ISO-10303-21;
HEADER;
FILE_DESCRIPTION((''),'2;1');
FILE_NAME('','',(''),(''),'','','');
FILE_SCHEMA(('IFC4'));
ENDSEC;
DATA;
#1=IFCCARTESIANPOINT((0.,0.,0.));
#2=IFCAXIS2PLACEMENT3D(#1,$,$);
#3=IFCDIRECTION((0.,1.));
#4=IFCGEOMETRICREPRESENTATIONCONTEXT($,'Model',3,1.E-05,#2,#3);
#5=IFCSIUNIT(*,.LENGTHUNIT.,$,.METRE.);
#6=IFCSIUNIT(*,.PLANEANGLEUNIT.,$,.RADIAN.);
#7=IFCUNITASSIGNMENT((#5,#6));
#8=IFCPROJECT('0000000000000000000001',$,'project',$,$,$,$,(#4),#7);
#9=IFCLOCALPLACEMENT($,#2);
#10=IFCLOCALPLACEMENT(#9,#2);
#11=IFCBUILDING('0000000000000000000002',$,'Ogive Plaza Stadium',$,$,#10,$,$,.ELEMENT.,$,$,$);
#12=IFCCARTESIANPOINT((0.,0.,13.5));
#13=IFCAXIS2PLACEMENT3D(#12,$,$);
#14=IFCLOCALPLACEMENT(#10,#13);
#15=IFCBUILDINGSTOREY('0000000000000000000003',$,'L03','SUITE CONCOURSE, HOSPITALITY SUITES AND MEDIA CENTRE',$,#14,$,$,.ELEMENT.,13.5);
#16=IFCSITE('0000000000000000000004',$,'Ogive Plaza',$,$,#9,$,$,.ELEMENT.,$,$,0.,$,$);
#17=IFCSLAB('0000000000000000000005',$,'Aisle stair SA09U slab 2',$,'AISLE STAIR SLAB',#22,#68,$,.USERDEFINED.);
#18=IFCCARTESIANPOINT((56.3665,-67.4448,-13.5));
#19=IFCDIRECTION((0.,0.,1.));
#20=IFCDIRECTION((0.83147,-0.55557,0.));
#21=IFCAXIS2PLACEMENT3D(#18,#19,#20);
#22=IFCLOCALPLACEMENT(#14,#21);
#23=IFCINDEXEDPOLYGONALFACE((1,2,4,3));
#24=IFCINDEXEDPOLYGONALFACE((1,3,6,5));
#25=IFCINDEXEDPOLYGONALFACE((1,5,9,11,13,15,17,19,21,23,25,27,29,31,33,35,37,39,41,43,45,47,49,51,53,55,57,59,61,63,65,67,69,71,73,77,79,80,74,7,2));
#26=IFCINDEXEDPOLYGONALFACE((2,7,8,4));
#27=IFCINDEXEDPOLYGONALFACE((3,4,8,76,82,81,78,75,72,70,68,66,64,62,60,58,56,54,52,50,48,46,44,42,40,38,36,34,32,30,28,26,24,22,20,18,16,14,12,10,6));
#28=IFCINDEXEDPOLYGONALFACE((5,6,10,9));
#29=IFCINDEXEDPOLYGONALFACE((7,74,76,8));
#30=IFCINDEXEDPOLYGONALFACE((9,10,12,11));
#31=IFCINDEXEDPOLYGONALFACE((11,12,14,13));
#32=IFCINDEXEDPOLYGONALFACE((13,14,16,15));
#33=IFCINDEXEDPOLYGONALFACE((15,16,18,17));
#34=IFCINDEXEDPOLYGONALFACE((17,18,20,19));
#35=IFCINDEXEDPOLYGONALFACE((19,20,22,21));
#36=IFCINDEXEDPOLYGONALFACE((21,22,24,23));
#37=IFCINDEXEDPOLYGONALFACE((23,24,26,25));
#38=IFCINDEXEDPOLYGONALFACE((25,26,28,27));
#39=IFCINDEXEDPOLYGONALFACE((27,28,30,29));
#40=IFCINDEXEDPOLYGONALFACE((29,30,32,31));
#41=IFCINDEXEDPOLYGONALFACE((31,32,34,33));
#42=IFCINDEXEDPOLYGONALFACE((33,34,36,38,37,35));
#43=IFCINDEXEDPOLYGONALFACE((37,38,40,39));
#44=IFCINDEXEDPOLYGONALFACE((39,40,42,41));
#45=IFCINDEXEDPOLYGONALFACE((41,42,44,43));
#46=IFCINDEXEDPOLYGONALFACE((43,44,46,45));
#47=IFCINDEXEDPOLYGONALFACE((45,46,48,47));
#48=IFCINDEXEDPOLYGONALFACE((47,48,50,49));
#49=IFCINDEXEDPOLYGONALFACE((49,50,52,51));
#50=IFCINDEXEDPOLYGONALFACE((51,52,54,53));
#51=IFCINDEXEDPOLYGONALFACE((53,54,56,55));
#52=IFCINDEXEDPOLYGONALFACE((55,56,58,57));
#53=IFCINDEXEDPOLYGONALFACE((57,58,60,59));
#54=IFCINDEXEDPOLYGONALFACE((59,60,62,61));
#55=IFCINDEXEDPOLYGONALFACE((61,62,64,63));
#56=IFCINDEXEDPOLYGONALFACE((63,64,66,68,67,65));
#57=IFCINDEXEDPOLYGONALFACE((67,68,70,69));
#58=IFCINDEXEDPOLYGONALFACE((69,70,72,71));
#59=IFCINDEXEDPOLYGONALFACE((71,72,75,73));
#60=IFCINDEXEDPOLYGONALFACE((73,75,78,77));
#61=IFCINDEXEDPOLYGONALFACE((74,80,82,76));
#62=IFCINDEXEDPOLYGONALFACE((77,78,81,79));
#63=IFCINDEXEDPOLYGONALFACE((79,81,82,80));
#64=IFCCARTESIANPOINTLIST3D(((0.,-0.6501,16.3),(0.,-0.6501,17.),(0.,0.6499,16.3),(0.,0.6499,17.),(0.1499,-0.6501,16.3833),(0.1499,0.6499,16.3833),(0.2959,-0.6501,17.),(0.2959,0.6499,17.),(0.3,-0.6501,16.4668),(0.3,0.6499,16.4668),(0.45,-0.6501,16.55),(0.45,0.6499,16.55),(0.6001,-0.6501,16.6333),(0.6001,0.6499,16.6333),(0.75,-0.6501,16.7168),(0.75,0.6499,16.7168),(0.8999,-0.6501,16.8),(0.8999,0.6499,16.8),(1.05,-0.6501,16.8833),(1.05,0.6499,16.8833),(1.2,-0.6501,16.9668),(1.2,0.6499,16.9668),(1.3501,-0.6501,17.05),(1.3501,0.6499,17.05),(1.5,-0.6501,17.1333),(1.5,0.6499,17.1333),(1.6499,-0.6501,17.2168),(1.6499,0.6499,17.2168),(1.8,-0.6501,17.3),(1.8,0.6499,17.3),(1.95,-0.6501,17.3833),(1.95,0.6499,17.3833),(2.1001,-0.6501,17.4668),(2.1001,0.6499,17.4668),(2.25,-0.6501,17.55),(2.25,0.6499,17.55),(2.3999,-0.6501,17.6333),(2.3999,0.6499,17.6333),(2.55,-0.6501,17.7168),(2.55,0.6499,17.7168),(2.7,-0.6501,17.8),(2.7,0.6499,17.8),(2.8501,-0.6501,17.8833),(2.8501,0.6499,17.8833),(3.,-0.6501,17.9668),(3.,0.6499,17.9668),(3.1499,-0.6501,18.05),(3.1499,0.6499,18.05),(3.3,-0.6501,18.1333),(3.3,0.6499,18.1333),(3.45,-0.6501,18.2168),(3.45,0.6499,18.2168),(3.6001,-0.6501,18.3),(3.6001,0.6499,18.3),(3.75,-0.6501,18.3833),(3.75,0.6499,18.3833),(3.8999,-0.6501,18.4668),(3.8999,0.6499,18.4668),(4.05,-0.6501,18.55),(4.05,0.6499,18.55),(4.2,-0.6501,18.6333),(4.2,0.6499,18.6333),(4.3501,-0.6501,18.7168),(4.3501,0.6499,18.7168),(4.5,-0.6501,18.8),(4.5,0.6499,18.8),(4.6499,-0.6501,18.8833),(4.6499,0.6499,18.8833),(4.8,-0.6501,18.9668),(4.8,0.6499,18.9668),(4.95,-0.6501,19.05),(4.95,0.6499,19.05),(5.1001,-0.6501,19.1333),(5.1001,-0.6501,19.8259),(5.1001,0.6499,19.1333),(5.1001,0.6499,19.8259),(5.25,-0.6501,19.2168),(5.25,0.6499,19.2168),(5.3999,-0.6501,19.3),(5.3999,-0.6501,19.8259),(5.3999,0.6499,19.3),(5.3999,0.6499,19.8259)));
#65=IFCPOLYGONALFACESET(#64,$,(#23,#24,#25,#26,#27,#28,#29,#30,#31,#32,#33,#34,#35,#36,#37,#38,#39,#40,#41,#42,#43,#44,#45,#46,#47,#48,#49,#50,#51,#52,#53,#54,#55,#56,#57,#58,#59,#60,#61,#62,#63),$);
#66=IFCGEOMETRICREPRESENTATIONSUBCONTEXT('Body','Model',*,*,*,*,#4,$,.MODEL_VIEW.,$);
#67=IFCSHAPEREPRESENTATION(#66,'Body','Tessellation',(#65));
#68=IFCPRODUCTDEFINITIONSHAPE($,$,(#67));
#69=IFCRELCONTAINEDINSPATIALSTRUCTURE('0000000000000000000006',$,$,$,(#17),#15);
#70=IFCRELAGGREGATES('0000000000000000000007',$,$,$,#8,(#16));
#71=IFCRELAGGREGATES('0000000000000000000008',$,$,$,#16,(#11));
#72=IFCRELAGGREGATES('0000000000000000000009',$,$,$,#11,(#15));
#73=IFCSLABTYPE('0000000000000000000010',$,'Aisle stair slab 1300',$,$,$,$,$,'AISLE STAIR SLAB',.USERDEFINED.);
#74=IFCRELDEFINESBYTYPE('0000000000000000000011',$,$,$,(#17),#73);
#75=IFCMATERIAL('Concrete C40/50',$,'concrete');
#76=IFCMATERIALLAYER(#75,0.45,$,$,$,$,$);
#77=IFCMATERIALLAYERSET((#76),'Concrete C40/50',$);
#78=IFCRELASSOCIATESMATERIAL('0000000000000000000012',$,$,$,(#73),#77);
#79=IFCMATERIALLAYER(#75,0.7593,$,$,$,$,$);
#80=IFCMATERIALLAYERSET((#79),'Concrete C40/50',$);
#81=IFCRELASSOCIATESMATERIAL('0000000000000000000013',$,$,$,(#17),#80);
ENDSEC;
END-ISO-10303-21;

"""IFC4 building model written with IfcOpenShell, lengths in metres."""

from ifc_helpers import new_model, si_unit, direction, frame, origin, place, context, subcontext, project, spatial, polyline, outline, extrude, material, layer, layer_set, type_object, element, save


model = new_model("IFC4")

# Units and contexts
model_context = context("Model", 3, precision=1e-05, world=origin(), true_north=direction((0.0, 1.0)))
body_context = subcontext(model_context, "Body", "Model", "MODEL_VIEW")
ifc_project = project(units=[si_unit("LENGTHUNIT", "METRE"), si_unit("PLANEANGLEUNIT", "RADIAN")], contexts=[model_context])

# Site, building, storey
site_placement = place(None, origin())
site = spatial("IfcSite", under=ifc_project, at=site_placement, Name="Ogive Plaza", CompositionType="ELEMENT", RefElevation=0.0)
building_placement = place(site_placement, origin())
building = spatial("IfcBuilding", under=site, at=building_placement, Name="Ogive Plaza Stadium", CompositionType="ELEMENT")
storey_placement = place(building_placement, frame((0.0, 0.0, 13.5)))
storey = spatial("IfcBuildingStorey", under=building, at=storey_placement, Name="L03", Description="SUITE CONCOURSE, HOSPITALITY SUITES AND MEDIA CENTRE", CompositionType="ELEMENT", Elevation=13.5)

# Slab
ifc_material_1 = material(Name="Concrete C40/50", Category="concrete")
ifc_layer_1 = layer(ifc_material_1, 0.45)
ifc_layer_set_1 = layer_set([ifc_layer_1], Name="Concrete C40/50")
slab_type = type_object("IfcSlabType", Name="Aisle stair slab 1300", ElementType="AISLE STAIR SLAB", PredefinedType="USERDEFINED", material=ifc_layer_set_1)
ifc_layer_2 = layer(ifc_material_1, 0.7593)
ifc_layer_set_2 = layer_set([ifc_layer_2], Name="Concrete C40/50")
slab_placement = place(storey_placement, frame((56.3665, -67.4448, -13.5), z_axis=(0.0, 0.0, 1.0), x_axis=(0.83147, -0.55557, 0.0)))
element("IfcSlab", 1, at=slab_placement, inside=storey, type_object=slab_type, material=ifc_layer_set_2, Name="Aisle stair SA09U slab 2", ObjectType="AISLE STAIR SLAB", PredefinedType="USERDEFINED", context=body_context, shape_type="SweptSolid", body=[
    extrude(outline(polyline([(0.0, 17.0), (0.2959, 17.0), (5.1001, 19.8259), (5.3999, 19.8259), (5.3999, 19.3), (5.25, 19.2168), (5.1001, 19.1333), (4.95, 19.05), (4.8, 18.9668), (4.6499, 18.8833), (4.5, 18.8), (4.3501, 18.7168), (4.2, 18.6333), (4.05, 18.55), (3.8999, 18.4668), (3.75, 18.3833), (3.6001, 18.3), (3.45, 18.2168), (3.3, 18.1333), (3.1499, 18.05), (3.0, 17.9668), (2.8501, 17.8833), (2.7, 17.8), (2.55, 17.7168), (2.3999, 17.6333), (2.25, 17.55), (2.1001, 17.4668), (1.95, 17.3833), (1.8, 17.3), (1.6499, 17.2168), (1.5, 17.1333), (1.3501, 17.05), (1.2, 16.9668), (1.05, 16.8833), (0.8999, 16.8), (0.75, 16.7168), (0.6001, 16.6333), (0.45, 16.55), (0.3, 16.4668), (0.1499, 16.3833), (0.0, 16.3), (0.0, 17.0)])), frame((0.0, 0.6499, 0.0), z_axis=(0.0, -1.0, 0.0), x_axis=(1.0, 0.0, 0.0)), (0.0, 0.0, 1.0), 1.3),
])

save(model, "model.ifc")
